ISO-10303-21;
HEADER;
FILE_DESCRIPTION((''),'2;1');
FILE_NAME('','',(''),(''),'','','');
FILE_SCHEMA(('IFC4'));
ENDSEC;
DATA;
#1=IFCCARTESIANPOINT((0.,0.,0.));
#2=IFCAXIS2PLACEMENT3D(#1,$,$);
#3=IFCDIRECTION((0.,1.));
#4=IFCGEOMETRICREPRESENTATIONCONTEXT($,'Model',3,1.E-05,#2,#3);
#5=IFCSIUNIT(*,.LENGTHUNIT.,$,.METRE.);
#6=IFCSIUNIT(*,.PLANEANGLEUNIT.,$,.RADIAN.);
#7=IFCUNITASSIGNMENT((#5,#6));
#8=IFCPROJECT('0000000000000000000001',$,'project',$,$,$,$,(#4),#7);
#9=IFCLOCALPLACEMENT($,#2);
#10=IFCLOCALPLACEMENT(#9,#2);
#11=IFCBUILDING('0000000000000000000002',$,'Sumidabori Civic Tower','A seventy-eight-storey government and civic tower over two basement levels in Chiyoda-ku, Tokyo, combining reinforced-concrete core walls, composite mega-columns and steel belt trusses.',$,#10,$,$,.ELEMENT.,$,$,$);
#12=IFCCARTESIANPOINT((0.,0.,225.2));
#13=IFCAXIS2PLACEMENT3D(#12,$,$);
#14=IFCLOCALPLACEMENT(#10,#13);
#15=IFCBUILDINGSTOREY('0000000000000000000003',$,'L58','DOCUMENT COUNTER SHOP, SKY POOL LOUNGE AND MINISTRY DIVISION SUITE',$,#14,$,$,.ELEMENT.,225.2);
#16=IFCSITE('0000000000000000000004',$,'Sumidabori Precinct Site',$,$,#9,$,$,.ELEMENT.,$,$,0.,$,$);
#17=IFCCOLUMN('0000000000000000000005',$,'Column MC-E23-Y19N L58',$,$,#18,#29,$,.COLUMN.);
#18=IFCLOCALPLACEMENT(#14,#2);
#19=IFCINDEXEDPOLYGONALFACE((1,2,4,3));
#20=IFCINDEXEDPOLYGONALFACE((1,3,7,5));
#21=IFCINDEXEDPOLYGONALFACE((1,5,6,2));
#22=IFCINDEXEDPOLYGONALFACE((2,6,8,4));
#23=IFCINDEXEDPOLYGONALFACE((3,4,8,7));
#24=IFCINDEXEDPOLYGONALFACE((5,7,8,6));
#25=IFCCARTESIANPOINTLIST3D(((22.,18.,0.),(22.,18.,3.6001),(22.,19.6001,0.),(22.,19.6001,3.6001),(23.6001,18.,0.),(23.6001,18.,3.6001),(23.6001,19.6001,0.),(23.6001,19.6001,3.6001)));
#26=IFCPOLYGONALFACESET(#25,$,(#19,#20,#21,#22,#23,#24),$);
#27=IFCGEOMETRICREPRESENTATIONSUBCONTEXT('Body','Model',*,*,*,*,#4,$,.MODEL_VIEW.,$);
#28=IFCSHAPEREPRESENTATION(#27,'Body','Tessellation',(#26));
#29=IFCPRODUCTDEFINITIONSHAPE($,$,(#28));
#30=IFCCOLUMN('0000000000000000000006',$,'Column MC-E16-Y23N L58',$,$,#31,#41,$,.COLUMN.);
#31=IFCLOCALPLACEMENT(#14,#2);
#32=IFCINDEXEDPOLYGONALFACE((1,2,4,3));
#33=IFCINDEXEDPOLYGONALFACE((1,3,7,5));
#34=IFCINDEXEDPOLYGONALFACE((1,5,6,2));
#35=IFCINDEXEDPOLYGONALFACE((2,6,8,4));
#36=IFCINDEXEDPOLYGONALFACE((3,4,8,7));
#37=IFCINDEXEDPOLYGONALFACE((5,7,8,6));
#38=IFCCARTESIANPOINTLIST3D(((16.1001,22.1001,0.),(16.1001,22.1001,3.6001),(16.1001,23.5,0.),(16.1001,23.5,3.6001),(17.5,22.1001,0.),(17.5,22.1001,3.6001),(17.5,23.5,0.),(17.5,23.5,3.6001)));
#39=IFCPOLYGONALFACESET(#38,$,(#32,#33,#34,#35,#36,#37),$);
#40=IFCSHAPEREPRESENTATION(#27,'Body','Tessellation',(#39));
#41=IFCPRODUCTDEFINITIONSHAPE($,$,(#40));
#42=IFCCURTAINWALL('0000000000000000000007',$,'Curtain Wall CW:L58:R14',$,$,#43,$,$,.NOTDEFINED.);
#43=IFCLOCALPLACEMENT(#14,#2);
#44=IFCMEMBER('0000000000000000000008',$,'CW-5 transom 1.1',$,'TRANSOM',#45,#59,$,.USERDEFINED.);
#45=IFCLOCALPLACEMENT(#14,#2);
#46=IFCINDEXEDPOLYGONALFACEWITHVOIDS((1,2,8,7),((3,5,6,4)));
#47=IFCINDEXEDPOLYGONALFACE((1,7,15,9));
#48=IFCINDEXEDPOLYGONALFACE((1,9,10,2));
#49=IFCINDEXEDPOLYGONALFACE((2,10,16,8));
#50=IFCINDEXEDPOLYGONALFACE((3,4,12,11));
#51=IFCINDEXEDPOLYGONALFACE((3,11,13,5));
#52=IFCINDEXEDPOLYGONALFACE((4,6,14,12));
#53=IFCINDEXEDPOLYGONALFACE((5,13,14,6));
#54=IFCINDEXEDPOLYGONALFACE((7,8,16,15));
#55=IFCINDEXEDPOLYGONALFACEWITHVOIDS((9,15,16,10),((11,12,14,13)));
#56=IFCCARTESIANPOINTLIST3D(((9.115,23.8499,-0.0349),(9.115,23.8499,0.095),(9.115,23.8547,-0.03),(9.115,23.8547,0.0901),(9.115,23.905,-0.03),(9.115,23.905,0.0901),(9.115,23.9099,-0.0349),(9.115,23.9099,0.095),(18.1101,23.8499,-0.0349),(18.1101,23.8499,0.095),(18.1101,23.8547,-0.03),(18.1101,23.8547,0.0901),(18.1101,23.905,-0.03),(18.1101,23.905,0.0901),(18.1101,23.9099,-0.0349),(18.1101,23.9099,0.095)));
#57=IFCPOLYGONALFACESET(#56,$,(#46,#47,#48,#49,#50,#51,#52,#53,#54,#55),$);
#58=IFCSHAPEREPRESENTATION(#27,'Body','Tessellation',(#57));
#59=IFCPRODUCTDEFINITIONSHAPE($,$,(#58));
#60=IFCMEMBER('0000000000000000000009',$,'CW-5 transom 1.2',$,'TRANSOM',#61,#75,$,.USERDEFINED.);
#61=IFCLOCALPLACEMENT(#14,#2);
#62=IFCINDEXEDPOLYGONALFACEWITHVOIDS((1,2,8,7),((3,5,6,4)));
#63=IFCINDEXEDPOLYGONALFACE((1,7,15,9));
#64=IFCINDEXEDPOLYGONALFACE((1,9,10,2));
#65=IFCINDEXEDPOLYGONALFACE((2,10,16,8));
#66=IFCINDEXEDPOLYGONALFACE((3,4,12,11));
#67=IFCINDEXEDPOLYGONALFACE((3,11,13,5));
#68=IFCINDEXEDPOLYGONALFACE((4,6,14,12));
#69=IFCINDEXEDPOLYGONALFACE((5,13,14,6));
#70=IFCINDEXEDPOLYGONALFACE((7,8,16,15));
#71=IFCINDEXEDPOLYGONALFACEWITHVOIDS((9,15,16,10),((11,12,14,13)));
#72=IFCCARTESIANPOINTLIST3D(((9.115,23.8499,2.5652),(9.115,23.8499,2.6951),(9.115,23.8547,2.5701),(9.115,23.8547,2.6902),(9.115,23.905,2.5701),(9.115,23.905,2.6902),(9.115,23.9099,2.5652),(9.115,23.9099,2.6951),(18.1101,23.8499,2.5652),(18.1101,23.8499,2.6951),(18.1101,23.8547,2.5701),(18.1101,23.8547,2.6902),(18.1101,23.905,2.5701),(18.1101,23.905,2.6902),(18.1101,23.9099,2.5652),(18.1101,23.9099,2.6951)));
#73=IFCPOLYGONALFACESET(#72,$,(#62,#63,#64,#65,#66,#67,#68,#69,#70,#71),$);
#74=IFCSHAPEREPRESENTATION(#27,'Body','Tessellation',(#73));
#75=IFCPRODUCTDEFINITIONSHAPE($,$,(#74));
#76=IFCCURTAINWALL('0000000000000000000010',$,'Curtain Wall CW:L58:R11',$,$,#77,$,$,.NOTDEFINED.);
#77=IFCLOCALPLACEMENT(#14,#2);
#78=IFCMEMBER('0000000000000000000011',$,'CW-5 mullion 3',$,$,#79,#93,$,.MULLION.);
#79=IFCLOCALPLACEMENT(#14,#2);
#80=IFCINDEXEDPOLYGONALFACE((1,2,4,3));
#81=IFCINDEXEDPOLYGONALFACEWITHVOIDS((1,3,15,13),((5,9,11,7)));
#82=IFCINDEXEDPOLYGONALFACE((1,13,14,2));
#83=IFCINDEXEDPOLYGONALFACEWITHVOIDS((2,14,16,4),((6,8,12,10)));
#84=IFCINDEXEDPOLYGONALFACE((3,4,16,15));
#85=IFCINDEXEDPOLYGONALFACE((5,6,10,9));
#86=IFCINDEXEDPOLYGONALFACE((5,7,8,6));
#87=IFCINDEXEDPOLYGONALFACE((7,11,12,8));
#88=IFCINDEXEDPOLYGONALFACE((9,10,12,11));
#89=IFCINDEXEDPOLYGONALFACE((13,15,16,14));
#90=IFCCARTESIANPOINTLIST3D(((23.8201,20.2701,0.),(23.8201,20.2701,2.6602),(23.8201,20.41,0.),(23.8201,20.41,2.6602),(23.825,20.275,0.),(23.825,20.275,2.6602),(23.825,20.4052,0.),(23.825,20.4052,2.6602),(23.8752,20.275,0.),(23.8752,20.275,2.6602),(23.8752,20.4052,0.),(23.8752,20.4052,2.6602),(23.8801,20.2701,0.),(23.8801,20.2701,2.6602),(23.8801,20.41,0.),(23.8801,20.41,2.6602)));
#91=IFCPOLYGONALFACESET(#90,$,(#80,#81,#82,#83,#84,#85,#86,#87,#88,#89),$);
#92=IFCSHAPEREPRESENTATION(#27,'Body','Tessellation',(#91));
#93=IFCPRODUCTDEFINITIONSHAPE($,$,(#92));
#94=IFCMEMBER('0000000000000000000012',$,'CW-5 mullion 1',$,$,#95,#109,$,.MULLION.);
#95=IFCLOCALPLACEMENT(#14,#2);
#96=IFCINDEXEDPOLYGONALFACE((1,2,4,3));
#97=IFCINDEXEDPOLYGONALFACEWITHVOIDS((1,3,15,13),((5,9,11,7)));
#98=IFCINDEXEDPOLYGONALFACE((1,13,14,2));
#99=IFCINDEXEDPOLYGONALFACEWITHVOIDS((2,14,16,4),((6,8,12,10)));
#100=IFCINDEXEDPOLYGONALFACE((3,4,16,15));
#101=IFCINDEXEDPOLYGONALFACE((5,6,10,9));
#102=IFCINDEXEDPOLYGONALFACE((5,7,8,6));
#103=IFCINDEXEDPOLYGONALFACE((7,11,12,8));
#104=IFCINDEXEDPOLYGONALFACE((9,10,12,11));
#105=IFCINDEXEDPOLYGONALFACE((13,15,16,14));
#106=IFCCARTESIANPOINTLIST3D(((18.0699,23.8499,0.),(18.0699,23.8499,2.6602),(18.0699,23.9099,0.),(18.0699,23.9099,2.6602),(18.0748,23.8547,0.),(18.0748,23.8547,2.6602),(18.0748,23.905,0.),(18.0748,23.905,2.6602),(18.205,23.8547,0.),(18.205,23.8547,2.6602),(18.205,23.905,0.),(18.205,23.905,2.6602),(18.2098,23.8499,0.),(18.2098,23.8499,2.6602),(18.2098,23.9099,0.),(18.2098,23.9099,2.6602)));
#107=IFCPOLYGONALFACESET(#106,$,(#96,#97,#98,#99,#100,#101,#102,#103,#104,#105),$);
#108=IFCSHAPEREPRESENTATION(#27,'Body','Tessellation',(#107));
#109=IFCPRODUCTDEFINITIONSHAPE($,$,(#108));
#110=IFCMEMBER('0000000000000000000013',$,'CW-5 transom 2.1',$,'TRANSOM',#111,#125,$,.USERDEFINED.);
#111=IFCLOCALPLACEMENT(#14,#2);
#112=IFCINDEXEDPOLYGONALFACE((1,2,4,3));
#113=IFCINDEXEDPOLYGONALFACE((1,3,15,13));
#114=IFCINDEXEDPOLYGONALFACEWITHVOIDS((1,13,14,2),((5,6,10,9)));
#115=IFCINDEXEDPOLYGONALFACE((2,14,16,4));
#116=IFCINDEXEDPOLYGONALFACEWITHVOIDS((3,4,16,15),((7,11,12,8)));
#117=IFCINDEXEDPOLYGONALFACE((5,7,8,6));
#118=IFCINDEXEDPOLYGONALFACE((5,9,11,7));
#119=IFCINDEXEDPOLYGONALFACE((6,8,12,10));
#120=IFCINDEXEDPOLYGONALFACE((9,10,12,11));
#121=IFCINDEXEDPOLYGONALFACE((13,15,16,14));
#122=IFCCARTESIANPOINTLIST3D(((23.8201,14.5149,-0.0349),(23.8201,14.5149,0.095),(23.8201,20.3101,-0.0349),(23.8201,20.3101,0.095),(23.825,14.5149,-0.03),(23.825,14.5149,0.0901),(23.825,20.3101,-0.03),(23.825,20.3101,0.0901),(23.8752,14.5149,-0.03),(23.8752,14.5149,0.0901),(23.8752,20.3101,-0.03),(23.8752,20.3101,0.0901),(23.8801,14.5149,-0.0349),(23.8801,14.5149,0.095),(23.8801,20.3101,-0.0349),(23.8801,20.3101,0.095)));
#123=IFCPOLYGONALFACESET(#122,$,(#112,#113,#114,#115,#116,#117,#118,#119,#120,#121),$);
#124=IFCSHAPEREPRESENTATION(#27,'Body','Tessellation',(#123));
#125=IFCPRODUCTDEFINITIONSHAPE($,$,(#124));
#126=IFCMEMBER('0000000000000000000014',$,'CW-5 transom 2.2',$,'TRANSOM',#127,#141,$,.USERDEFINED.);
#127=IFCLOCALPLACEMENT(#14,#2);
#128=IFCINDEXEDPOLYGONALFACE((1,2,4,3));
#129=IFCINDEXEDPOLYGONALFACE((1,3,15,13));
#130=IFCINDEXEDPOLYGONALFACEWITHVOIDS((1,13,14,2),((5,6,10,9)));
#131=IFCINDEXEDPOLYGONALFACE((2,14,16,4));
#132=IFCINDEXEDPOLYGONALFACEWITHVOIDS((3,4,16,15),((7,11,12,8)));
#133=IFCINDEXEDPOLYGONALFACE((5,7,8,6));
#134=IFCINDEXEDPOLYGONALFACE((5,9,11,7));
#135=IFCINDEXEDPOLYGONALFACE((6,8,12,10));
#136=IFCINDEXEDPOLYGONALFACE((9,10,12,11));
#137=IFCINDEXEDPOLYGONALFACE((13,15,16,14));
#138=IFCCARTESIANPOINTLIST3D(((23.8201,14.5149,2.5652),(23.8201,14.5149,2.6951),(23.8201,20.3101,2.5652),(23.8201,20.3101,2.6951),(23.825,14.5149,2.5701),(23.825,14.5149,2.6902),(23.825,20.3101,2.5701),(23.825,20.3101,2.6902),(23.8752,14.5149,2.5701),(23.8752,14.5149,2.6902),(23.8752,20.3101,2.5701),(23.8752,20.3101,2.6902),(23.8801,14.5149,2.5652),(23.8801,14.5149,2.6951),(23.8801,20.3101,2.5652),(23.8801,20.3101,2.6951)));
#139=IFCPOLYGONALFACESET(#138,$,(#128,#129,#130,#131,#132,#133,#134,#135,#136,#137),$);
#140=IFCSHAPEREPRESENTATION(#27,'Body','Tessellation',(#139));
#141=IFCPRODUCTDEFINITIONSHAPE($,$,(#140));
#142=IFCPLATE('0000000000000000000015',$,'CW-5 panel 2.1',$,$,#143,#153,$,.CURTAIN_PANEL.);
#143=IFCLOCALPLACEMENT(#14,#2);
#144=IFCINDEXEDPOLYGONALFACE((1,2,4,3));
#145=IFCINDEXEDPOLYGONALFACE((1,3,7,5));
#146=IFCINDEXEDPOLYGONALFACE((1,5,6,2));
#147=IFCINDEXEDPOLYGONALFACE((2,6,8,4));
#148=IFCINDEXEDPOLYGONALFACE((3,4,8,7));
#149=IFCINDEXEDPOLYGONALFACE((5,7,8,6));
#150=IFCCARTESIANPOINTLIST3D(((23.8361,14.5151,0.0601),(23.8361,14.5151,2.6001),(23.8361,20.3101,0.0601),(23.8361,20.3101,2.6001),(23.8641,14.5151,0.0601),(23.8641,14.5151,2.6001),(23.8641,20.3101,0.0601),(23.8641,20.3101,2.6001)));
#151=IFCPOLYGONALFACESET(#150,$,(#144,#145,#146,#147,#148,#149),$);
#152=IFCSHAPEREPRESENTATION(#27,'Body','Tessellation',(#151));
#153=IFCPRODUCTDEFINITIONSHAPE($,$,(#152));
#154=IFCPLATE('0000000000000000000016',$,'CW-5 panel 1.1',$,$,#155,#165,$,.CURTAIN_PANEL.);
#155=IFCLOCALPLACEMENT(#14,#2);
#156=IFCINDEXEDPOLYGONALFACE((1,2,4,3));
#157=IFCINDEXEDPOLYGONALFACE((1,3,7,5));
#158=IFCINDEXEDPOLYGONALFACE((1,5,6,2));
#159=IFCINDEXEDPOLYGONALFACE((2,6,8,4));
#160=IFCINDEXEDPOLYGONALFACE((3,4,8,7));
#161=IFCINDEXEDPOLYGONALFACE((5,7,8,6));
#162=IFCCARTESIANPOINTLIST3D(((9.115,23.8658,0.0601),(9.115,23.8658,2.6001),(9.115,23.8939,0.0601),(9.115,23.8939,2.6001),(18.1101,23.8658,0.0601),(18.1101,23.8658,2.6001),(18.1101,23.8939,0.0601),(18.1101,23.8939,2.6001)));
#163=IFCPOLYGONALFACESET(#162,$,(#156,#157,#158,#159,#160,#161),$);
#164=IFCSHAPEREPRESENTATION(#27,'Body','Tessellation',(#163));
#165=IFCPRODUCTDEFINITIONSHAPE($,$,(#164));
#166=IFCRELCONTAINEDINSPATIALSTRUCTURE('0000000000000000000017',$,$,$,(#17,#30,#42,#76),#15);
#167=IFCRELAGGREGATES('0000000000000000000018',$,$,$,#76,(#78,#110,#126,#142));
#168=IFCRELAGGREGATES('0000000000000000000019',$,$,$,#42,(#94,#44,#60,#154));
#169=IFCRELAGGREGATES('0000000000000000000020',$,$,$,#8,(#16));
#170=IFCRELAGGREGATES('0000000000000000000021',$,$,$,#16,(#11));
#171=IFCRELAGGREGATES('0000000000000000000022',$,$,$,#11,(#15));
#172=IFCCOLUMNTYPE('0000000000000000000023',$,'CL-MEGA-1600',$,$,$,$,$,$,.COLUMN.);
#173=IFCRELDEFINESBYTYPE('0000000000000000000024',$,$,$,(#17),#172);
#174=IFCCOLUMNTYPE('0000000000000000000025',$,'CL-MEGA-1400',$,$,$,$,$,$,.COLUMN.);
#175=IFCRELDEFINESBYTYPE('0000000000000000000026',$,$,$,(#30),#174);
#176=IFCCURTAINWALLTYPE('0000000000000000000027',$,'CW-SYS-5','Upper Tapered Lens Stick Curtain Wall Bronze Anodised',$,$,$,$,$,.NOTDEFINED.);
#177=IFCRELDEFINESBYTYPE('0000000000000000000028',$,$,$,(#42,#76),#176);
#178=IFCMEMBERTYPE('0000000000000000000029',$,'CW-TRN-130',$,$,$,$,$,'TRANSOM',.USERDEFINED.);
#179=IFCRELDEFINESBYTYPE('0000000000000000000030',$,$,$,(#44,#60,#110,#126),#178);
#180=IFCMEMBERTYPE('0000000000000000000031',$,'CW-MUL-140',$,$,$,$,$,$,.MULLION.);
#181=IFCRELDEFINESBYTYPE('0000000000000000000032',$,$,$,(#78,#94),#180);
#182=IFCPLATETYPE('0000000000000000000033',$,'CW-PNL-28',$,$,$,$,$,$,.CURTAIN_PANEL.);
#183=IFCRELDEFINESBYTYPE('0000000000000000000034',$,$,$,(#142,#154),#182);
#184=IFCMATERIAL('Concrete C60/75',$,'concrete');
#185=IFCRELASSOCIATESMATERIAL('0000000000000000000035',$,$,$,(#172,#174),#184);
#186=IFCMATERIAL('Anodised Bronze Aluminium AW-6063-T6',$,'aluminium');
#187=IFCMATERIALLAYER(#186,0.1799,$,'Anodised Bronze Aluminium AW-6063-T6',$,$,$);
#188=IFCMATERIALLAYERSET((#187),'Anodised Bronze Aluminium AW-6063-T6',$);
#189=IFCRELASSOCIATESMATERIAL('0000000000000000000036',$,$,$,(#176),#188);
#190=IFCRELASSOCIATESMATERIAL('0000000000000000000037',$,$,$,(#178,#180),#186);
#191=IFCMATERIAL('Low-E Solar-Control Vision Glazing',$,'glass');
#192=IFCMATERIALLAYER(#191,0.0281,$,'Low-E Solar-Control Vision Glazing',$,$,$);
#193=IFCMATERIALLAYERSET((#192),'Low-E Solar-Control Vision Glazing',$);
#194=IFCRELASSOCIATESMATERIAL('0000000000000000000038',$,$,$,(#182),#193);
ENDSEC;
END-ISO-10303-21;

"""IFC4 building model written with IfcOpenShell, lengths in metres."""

from ifc_helpers import new_model, si_unit, direction, frame, origin, origin_2d, place, context, subcontext, project, spatial, rectangle, hollow_rectangle, extrude, source, transform, mapped, material, layer, layer_set, material_profile, profile_set, type_object, element, aggregate, save


model = new_model("IFC4")

# Units and contexts
model_context = context("Model", 3, precision=1e-05, world=origin(), true_north=direction((0.0, 1.0)))
body_context = subcontext(model_context, "Body", "Model", "MODEL_VIEW")
ifc_project = project(units=[si_unit("LENGTHUNIT", "METRE"), si_unit("PLANEANGLEUNIT", "RADIAN")], contexts=[model_context])

# Site, building, storey
site_placement = place(None, origin())
site = spatial("IfcSite", under=ifc_project, at=site_placement, Name="Sumidabori Precinct Site", CompositionType="ELEMENT", RefElevation=0.0)
building_placement = place(site_placement, origin())
building = spatial("IfcBuilding", under=site, at=building_placement, Name="Sumidabori Civic Tower", Description="A seventy-eight-storey government and civic tower over two basement levels in Chiyoda-ku, Tokyo, combining reinforced-concrete core walls, composite mega-columns and steel belt trusses.", CompositionType="ELEMENT")
storey_placement = place(building_placement, frame((0.0, 0.0, 225.2)))
storey = spatial("IfcBuildingStorey", under=building, at=storey_placement, Name="L58", Description="DOCUMENT COUNTER SHOP, SKY POOL LOUNGE AND MINISTRY DIVISION SUITE", CompositionType="ELEMENT", Elevation=225.2)

# Columns
ifc_material_1 = material(Name="Concrete C60/75", Category="concrete")
ifc_material_profile_1 = material_profile(ifc_material_1, rectangle(XDim=1.6001, YDim=1.6001, at=origin_2d()), Name="RC 1600x1600")
ifc_profile_set_1 = profile_set([ifc_material_profile_1], Name="Concrete C60/75")
column_type_1 = type_object("IfcColumnType", Name="CL-MEGA-1600", PredefinedType="COLUMN", material=ifc_profile_set_1)
shared_shape_1 = source(origin(), body_context, "Body", "SweptSolid", [
    extrude(rectangle(XDim=1.6001, YDim=1.6001, at=origin_2d()), origin(), (0.0, 0.0, 1.0), 3.6001),
])
column_1_placement = place(storey_placement, frame((22.8, 18.8, 0.0), z_axis=(0.0, 0.0, 1.0), x_axis=(1.0, 0.0, 0.0)))
element("IfcColumn", 1, at=column_1_placement, inside=storey, type_object=column_type_1, Name="Column MC-E23-Y19N L58", PredefinedType="COLUMN", context=body_context, shape_type="MappedRepresentation", body=[
    mapped(shared_shape_1, transform((0.0, 0.0, 0.0), x_axis=(1.0, 0.0, 0.0), y_axis=(0.0, 1.0, 0.0), z_axis=(0.0, 0.0, 1.0), scale=1.0)),
])
ifc_material_profile_2 = material_profile(ifc_material_1, rectangle(XDim=1.3999, YDim=1.3999, at=origin_2d()), Name="RC 1400x1400")
ifc_profile_set_2 = profile_set([ifc_material_profile_2], Name="Concrete C60/75")
column_type_2 = type_object("IfcColumnType", Name="CL-MEGA-1400", PredefinedType="COLUMN", material=ifc_profile_set_2)
shared_shape_2 = source(origin(), body_context, "Body", "SweptSolid", [
    extrude(rectangle(XDim=1.3999, YDim=1.3999, at=origin_2d()), origin(), (0.0, 0.0, 1.0), 3.6001),
])
column_2_placement = place(storey_placement, frame((16.8, 22.8, 0.0), z_axis=(0.0, 0.0, 1.0), x_axis=(1.0, 0.0, 0.0)))
element("IfcColumn", 2, at=column_2_placement, inside=storey, type_object=column_type_2, Name="Column MC-E16-Y23N L58", PredefinedType="COLUMN", context=body_context, shape_type="MappedRepresentation", body=[
    mapped(shared_shape_2, transform((0.0, 0.0, 0.0), x_axis=(1.0, 0.0, 0.0), y_axis=(0.0, 1.0, 0.0), z_axis=(0.0, 0.0, 1.0), scale=1.0)),
])

# Curtain wall, members
ifc_material_2 = material(Name="Anodised Bronze Aluminium AW-6063-T6", Category="aluminium")
ifc_layer_1 = layer(ifc_material_2, 0.1799, Name="Anodised Bronze Aluminium AW-6063-T6")
ifc_layer_set_1 = layer_set([ifc_layer_1], Name="Anodised Bronze Aluminium AW-6063-T6")
curtain_wall_type = type_object("IfcCurtainWallType", Name="CW-SYS-5", Description="Upper Tapered Lens Stick Curtain Wall Bronze Anodised", PredefinedType="NOTDEFINED", material=ifc_layer_set_1)
curtain_wall_1_placement = place(storey_placement, origin())
curtain_wall_1 = element("IfcCurtainWall", 3, at=curtain_wall_1_placement, inside=storey, type_object=curtain_wall_type, Name="Curtain Wall CW:L58:R14", PredefinedType="NOTDEFINED")
ifc_material_profile_3 = material_profile(ifc_material_2, hollow_rectangle(XDim=0.0601, YDim=0.1299, WallThickness=0.0049, at=origin_2d()), Name="ALU TRANSOM 130x60")
ifc_profile_set_3 = profile_set([ifc_material_profile_3], Name="Anodised Bronze Aluminium AW-6063-T6")
member_type_1 = type_object("IfcMemberType", Name="CW-TRN-130", ElementType="TRANSOM", PredefinedType="USERDEFINED", material=ifc_profile_set_3)
shared_shape_3 = source(origin(), body_context, "Body", "SweptSolid", [
    extrude(hollow_rectangle(XDim=0.0601, YDim=0.1299, WallThickness=0.0049, at=origin_2d()), origin(), (0.0, 0.0, 1.0), 8.9951),
])
member_1_placement = place(storey_placement, frame((18.1101, 23.8799, 0.03), z_axis=(-1.0, 0.0, 0.0), x_axis=(0.0, -1.0, 0.0)))
member_1 = element("IfcMember", 4, at=member_1_placement, type_object=member_type_1, Name="CW-5 transom 1.1", ObjectType="TRANSOM", PredefinedType="USERDEFINED", context=body_context, shape_type="MappedRepresentation", body=[
    mapped(shared_shape_3, transform((0.0, 0.0, 0.0), x_axis=(1.0, 0.0, 0.0), y_axis=(0.0, 1.0, 0.0), z_axis=(0.0, 0.0, 1.0), scale=1.0)),
])
member_2_placement = place(storey_placement, frame((18.1101, 23.8799, 2.6301), z_axis=(-1.0, 0.0, 0.0), x_axis=(0.0, -1.0, 0.0)))
member_2 = element("IfcMember", 5, at=member_2_placement, type_object=member_type_1, Name="CW-5 transom 1.2", ObjectType="TRANSOM", PredefinedType="USERDEFINED", context=body_context, shape_type="MappedRepresentation", body=[
    mapped(shared_shape_3, transform((0.0, 0.0, 0.0), x_axis=(1.0, 0.0, 0.0), y_axis=(0.0, 1.0, 0.0), z_axis=(0.0, 0.0, 1.0), scale=1.0)),
])

# Curtain wall, member
curtain_wall_2_placement = place(storey_placement, origin())
curtain_wall_2 = element("IfcCurtainWall", 6, at=curtain_wall_2_placement, inside=storey, type_object=curtain_wall_type, Name="Curtain Wall CW:L58:R11", PredefinedType="NOTDEFINED")
ifc_material_profile_4 = material_profile(ifc_material_2, hollow_rectangle(XDim=0.0601, YDim=0.1399, WallThickness=0.0049, at=origin_2d()), Name="ALU MULLION 140x60")
ifc_profile_set_4 = profile_set([ifc_material_profile_4], Name="Anodised Bronze Aluminium AW-6063-T6")
member_type_2 = type_object("IfcMemberType", Name="CW-MUL-140", PredefinedType="MULLION", material=ifc_profile_set_4)
shared_shape_4 = source(origin(), body_context, "Body", "SweptSolid", [
    extrude(hollow_rectangle(XDim=0.0601, YDim=0.1399, WallThickness=0.0049, at=origin_2d()), origin(), (0.0, 0.0, 1.0), 2.6602),
])
member_3_placement = place(storey_placement, frame((23.8501, 20.3401, 0.0), z_axis=(0.0, 0.0, 1.0), x_axis=(-1.0, 0.0, 0.0)))
member_3 = element("IfcMember", 7, at=member_3_placement, type_object=member_type_2, Name="CW-5 mullion 3", PredefinedType="MULLION", context=body_context, shape_type="MappedRepresentation", body=[
    mapped(shared_shape_4, transform((0.0, 0.0, 0.0), x_axis=(1.0, 0.0, 0.0), y_axis=(0.0, 1.0, 0.0), z_axis=(0.0, 0.0, 1.0), scale=1.0)),
])

# Members
member_4_placement = place(storey_placement, frame((18.1399, 23.8799, 0.0), z_axis=(0.0, 0.0, 1.0), x_axis=(0.0, -1.0, 0.0)))
member_4 = element("IfcMember", 8, at=member_4_placement, type_object=member_type_2, Name="CW-5 mullion 1", PredefinedType="MULLION", context=body_context, shape_type="MappedRepresentation", body=[
    mapped(shared_shape_4, transform((0.0, 0.0, 0.0), x_axis=(1.0, 0.0, 0.0), y_axis=(0.0, 1.0, 0.0), z_axis=(0.0, 0.0, 1.0), scale=1.0)),
])
shared_shape_5 = source(origin(), body_context, "Body", "SweptSolid", [
    extrude(hollow_rectangle(XDim=0.0601, YDim=0.1299, WallThickness=0.0049, at=origin_2d()), origin(), (0.0, 0.0, 1.0), 5.7952),
])
member_5_placement = place(storey_placement, frame((23.8501, 14.5149, 0.03), z_axis=(0.0, 1.0, 0.0), x_axis=(-1.0, 0.0, 0.0)))
member_5 = element("IfcMember", 9, at=member_5_placement, type_object=member_type_1, Name="CW-5 transom 2.1", ObjectType="TRANSOM", PredefinedType="USERDEFINED", context=body_context, shape_type="MappedRepresentation", body=[
    mapped(shared_shape_5, transform((0.0, 0.0, 0.0), x_axis=(1.0, 0.0, 0.0), y_axis=(0.0, 1.0, 0.0), z_axis=(0.0, 0.0, 1.0), scale=1.0)),
])
member_6_placement = place(storey_placement, frame((23.8501, 14.5149, 2.6301), z_axis=(0.0, 1.0, 0.0), x_axis=(-1.0, 0.0, 0.0)))
member_6 = element("IfcMember", 10, at=member_6_placement, type_object=member_type_1, Name="CW-5 transom 2.2", ObjectType="TRANSOM", PredefinedType="USERDEFINED", context=body_context, shape_type="MappedRepresentation", body=[
    mapped(shared_shape_5, transform((0.0, 0.0, 0.0), x_axis=(1.0, 0.0, 0.0), y_axis=(0.0, 1.0, 0.0), z_axis=(0.0, 0.0, 1.0), scale=1.0)),
])

# Plates
ifc_material_3 = material(Name="Low-E Solar-Control Vision Glazing", Category="glass")
ifc_layer_2 = layer(ifc_material_3, 0.0281, Name="Low-E Solar-Control Vision Glazing")
ifc_layer_set_2 = layer_set([ifc_layer_2], Name="Low-E Solar-Control Vision Glazing")
plate_type = type_object("IfcPlateType", Name="CW-PNL-28", PredefinedType="CURTAIN_PANEL", material=ifc_layer_set_2)
shared_shape_6 = source(origin(), body_context, "Body", "SweptSolid", [
    extrude(rectangle(XDim=5.7949, YDim=0.0281, at=origin_2d()), origin(), (0.0, 0.0, 1.0), 2.54),
])
plate_1_placement = place(storey_placement, frame((23.8501, 17.4126, 0.0601), z_axis=(0.0, 0.0, 1.0), x_axis=(0.0, 1.0, 0.0)))
plate_1 = element("IfcPlate", 11, at=plate_1_placement, type_object=plate_type, Name="CW-5 panel 2.1", PredefinedType="CURTAIN_PANEL", context=body_context, shape_type="MappedRepresentation", body=[
    mapped(shared_shape_6, transform((0.0, 0.0, 0.0), x_axis=(1.0, 0.0, 0.0), y_axis=(0.0, 1.0, 0.0), z_axis=(0.0, 0.0, 1.0), scale=1.0)),
])
aggregate(curtain_wall_2, [member_3, member_5, member_6, plate_1])
shared_shape_7 = source(origin(), body_context, "Body", "SweptSolid", [
    extrude(rectangle(XDim=8.9951, YDim=0.0281, at=origin_2d()), origin(), (0.0, 0.0, 1.0), 2.54),
])
plate_2_placement = place(storey_placement, frame((13.6125, 23.8799, 0.0601), z_axis=(0.0, 0.0, 1.0), x_axis=(-1.0, 0.0, 0.0)))
plate_2 = element("IfcPlate", 12, at=plate_2_placement, type_object=plate_type, Name="CW-5 panel 1.1", PredefinedType="CURTAIN_PANEL", context=body_context, shape_type="MappedRepresentation", body=[
    mapped(shared_shape_7, transform((0.0, 0.0, 0.0), x_axis=(1.0, 0.0, 0.0), y_axis=(0.0, 1.0, 0.0), z_axis=(0.0, 0.0, 1.0), scale=1.0)),
])
aggregate(curtain_wall_1, [member_4, member_1, member_2, plate_2])

save(model, "model.ifc")
